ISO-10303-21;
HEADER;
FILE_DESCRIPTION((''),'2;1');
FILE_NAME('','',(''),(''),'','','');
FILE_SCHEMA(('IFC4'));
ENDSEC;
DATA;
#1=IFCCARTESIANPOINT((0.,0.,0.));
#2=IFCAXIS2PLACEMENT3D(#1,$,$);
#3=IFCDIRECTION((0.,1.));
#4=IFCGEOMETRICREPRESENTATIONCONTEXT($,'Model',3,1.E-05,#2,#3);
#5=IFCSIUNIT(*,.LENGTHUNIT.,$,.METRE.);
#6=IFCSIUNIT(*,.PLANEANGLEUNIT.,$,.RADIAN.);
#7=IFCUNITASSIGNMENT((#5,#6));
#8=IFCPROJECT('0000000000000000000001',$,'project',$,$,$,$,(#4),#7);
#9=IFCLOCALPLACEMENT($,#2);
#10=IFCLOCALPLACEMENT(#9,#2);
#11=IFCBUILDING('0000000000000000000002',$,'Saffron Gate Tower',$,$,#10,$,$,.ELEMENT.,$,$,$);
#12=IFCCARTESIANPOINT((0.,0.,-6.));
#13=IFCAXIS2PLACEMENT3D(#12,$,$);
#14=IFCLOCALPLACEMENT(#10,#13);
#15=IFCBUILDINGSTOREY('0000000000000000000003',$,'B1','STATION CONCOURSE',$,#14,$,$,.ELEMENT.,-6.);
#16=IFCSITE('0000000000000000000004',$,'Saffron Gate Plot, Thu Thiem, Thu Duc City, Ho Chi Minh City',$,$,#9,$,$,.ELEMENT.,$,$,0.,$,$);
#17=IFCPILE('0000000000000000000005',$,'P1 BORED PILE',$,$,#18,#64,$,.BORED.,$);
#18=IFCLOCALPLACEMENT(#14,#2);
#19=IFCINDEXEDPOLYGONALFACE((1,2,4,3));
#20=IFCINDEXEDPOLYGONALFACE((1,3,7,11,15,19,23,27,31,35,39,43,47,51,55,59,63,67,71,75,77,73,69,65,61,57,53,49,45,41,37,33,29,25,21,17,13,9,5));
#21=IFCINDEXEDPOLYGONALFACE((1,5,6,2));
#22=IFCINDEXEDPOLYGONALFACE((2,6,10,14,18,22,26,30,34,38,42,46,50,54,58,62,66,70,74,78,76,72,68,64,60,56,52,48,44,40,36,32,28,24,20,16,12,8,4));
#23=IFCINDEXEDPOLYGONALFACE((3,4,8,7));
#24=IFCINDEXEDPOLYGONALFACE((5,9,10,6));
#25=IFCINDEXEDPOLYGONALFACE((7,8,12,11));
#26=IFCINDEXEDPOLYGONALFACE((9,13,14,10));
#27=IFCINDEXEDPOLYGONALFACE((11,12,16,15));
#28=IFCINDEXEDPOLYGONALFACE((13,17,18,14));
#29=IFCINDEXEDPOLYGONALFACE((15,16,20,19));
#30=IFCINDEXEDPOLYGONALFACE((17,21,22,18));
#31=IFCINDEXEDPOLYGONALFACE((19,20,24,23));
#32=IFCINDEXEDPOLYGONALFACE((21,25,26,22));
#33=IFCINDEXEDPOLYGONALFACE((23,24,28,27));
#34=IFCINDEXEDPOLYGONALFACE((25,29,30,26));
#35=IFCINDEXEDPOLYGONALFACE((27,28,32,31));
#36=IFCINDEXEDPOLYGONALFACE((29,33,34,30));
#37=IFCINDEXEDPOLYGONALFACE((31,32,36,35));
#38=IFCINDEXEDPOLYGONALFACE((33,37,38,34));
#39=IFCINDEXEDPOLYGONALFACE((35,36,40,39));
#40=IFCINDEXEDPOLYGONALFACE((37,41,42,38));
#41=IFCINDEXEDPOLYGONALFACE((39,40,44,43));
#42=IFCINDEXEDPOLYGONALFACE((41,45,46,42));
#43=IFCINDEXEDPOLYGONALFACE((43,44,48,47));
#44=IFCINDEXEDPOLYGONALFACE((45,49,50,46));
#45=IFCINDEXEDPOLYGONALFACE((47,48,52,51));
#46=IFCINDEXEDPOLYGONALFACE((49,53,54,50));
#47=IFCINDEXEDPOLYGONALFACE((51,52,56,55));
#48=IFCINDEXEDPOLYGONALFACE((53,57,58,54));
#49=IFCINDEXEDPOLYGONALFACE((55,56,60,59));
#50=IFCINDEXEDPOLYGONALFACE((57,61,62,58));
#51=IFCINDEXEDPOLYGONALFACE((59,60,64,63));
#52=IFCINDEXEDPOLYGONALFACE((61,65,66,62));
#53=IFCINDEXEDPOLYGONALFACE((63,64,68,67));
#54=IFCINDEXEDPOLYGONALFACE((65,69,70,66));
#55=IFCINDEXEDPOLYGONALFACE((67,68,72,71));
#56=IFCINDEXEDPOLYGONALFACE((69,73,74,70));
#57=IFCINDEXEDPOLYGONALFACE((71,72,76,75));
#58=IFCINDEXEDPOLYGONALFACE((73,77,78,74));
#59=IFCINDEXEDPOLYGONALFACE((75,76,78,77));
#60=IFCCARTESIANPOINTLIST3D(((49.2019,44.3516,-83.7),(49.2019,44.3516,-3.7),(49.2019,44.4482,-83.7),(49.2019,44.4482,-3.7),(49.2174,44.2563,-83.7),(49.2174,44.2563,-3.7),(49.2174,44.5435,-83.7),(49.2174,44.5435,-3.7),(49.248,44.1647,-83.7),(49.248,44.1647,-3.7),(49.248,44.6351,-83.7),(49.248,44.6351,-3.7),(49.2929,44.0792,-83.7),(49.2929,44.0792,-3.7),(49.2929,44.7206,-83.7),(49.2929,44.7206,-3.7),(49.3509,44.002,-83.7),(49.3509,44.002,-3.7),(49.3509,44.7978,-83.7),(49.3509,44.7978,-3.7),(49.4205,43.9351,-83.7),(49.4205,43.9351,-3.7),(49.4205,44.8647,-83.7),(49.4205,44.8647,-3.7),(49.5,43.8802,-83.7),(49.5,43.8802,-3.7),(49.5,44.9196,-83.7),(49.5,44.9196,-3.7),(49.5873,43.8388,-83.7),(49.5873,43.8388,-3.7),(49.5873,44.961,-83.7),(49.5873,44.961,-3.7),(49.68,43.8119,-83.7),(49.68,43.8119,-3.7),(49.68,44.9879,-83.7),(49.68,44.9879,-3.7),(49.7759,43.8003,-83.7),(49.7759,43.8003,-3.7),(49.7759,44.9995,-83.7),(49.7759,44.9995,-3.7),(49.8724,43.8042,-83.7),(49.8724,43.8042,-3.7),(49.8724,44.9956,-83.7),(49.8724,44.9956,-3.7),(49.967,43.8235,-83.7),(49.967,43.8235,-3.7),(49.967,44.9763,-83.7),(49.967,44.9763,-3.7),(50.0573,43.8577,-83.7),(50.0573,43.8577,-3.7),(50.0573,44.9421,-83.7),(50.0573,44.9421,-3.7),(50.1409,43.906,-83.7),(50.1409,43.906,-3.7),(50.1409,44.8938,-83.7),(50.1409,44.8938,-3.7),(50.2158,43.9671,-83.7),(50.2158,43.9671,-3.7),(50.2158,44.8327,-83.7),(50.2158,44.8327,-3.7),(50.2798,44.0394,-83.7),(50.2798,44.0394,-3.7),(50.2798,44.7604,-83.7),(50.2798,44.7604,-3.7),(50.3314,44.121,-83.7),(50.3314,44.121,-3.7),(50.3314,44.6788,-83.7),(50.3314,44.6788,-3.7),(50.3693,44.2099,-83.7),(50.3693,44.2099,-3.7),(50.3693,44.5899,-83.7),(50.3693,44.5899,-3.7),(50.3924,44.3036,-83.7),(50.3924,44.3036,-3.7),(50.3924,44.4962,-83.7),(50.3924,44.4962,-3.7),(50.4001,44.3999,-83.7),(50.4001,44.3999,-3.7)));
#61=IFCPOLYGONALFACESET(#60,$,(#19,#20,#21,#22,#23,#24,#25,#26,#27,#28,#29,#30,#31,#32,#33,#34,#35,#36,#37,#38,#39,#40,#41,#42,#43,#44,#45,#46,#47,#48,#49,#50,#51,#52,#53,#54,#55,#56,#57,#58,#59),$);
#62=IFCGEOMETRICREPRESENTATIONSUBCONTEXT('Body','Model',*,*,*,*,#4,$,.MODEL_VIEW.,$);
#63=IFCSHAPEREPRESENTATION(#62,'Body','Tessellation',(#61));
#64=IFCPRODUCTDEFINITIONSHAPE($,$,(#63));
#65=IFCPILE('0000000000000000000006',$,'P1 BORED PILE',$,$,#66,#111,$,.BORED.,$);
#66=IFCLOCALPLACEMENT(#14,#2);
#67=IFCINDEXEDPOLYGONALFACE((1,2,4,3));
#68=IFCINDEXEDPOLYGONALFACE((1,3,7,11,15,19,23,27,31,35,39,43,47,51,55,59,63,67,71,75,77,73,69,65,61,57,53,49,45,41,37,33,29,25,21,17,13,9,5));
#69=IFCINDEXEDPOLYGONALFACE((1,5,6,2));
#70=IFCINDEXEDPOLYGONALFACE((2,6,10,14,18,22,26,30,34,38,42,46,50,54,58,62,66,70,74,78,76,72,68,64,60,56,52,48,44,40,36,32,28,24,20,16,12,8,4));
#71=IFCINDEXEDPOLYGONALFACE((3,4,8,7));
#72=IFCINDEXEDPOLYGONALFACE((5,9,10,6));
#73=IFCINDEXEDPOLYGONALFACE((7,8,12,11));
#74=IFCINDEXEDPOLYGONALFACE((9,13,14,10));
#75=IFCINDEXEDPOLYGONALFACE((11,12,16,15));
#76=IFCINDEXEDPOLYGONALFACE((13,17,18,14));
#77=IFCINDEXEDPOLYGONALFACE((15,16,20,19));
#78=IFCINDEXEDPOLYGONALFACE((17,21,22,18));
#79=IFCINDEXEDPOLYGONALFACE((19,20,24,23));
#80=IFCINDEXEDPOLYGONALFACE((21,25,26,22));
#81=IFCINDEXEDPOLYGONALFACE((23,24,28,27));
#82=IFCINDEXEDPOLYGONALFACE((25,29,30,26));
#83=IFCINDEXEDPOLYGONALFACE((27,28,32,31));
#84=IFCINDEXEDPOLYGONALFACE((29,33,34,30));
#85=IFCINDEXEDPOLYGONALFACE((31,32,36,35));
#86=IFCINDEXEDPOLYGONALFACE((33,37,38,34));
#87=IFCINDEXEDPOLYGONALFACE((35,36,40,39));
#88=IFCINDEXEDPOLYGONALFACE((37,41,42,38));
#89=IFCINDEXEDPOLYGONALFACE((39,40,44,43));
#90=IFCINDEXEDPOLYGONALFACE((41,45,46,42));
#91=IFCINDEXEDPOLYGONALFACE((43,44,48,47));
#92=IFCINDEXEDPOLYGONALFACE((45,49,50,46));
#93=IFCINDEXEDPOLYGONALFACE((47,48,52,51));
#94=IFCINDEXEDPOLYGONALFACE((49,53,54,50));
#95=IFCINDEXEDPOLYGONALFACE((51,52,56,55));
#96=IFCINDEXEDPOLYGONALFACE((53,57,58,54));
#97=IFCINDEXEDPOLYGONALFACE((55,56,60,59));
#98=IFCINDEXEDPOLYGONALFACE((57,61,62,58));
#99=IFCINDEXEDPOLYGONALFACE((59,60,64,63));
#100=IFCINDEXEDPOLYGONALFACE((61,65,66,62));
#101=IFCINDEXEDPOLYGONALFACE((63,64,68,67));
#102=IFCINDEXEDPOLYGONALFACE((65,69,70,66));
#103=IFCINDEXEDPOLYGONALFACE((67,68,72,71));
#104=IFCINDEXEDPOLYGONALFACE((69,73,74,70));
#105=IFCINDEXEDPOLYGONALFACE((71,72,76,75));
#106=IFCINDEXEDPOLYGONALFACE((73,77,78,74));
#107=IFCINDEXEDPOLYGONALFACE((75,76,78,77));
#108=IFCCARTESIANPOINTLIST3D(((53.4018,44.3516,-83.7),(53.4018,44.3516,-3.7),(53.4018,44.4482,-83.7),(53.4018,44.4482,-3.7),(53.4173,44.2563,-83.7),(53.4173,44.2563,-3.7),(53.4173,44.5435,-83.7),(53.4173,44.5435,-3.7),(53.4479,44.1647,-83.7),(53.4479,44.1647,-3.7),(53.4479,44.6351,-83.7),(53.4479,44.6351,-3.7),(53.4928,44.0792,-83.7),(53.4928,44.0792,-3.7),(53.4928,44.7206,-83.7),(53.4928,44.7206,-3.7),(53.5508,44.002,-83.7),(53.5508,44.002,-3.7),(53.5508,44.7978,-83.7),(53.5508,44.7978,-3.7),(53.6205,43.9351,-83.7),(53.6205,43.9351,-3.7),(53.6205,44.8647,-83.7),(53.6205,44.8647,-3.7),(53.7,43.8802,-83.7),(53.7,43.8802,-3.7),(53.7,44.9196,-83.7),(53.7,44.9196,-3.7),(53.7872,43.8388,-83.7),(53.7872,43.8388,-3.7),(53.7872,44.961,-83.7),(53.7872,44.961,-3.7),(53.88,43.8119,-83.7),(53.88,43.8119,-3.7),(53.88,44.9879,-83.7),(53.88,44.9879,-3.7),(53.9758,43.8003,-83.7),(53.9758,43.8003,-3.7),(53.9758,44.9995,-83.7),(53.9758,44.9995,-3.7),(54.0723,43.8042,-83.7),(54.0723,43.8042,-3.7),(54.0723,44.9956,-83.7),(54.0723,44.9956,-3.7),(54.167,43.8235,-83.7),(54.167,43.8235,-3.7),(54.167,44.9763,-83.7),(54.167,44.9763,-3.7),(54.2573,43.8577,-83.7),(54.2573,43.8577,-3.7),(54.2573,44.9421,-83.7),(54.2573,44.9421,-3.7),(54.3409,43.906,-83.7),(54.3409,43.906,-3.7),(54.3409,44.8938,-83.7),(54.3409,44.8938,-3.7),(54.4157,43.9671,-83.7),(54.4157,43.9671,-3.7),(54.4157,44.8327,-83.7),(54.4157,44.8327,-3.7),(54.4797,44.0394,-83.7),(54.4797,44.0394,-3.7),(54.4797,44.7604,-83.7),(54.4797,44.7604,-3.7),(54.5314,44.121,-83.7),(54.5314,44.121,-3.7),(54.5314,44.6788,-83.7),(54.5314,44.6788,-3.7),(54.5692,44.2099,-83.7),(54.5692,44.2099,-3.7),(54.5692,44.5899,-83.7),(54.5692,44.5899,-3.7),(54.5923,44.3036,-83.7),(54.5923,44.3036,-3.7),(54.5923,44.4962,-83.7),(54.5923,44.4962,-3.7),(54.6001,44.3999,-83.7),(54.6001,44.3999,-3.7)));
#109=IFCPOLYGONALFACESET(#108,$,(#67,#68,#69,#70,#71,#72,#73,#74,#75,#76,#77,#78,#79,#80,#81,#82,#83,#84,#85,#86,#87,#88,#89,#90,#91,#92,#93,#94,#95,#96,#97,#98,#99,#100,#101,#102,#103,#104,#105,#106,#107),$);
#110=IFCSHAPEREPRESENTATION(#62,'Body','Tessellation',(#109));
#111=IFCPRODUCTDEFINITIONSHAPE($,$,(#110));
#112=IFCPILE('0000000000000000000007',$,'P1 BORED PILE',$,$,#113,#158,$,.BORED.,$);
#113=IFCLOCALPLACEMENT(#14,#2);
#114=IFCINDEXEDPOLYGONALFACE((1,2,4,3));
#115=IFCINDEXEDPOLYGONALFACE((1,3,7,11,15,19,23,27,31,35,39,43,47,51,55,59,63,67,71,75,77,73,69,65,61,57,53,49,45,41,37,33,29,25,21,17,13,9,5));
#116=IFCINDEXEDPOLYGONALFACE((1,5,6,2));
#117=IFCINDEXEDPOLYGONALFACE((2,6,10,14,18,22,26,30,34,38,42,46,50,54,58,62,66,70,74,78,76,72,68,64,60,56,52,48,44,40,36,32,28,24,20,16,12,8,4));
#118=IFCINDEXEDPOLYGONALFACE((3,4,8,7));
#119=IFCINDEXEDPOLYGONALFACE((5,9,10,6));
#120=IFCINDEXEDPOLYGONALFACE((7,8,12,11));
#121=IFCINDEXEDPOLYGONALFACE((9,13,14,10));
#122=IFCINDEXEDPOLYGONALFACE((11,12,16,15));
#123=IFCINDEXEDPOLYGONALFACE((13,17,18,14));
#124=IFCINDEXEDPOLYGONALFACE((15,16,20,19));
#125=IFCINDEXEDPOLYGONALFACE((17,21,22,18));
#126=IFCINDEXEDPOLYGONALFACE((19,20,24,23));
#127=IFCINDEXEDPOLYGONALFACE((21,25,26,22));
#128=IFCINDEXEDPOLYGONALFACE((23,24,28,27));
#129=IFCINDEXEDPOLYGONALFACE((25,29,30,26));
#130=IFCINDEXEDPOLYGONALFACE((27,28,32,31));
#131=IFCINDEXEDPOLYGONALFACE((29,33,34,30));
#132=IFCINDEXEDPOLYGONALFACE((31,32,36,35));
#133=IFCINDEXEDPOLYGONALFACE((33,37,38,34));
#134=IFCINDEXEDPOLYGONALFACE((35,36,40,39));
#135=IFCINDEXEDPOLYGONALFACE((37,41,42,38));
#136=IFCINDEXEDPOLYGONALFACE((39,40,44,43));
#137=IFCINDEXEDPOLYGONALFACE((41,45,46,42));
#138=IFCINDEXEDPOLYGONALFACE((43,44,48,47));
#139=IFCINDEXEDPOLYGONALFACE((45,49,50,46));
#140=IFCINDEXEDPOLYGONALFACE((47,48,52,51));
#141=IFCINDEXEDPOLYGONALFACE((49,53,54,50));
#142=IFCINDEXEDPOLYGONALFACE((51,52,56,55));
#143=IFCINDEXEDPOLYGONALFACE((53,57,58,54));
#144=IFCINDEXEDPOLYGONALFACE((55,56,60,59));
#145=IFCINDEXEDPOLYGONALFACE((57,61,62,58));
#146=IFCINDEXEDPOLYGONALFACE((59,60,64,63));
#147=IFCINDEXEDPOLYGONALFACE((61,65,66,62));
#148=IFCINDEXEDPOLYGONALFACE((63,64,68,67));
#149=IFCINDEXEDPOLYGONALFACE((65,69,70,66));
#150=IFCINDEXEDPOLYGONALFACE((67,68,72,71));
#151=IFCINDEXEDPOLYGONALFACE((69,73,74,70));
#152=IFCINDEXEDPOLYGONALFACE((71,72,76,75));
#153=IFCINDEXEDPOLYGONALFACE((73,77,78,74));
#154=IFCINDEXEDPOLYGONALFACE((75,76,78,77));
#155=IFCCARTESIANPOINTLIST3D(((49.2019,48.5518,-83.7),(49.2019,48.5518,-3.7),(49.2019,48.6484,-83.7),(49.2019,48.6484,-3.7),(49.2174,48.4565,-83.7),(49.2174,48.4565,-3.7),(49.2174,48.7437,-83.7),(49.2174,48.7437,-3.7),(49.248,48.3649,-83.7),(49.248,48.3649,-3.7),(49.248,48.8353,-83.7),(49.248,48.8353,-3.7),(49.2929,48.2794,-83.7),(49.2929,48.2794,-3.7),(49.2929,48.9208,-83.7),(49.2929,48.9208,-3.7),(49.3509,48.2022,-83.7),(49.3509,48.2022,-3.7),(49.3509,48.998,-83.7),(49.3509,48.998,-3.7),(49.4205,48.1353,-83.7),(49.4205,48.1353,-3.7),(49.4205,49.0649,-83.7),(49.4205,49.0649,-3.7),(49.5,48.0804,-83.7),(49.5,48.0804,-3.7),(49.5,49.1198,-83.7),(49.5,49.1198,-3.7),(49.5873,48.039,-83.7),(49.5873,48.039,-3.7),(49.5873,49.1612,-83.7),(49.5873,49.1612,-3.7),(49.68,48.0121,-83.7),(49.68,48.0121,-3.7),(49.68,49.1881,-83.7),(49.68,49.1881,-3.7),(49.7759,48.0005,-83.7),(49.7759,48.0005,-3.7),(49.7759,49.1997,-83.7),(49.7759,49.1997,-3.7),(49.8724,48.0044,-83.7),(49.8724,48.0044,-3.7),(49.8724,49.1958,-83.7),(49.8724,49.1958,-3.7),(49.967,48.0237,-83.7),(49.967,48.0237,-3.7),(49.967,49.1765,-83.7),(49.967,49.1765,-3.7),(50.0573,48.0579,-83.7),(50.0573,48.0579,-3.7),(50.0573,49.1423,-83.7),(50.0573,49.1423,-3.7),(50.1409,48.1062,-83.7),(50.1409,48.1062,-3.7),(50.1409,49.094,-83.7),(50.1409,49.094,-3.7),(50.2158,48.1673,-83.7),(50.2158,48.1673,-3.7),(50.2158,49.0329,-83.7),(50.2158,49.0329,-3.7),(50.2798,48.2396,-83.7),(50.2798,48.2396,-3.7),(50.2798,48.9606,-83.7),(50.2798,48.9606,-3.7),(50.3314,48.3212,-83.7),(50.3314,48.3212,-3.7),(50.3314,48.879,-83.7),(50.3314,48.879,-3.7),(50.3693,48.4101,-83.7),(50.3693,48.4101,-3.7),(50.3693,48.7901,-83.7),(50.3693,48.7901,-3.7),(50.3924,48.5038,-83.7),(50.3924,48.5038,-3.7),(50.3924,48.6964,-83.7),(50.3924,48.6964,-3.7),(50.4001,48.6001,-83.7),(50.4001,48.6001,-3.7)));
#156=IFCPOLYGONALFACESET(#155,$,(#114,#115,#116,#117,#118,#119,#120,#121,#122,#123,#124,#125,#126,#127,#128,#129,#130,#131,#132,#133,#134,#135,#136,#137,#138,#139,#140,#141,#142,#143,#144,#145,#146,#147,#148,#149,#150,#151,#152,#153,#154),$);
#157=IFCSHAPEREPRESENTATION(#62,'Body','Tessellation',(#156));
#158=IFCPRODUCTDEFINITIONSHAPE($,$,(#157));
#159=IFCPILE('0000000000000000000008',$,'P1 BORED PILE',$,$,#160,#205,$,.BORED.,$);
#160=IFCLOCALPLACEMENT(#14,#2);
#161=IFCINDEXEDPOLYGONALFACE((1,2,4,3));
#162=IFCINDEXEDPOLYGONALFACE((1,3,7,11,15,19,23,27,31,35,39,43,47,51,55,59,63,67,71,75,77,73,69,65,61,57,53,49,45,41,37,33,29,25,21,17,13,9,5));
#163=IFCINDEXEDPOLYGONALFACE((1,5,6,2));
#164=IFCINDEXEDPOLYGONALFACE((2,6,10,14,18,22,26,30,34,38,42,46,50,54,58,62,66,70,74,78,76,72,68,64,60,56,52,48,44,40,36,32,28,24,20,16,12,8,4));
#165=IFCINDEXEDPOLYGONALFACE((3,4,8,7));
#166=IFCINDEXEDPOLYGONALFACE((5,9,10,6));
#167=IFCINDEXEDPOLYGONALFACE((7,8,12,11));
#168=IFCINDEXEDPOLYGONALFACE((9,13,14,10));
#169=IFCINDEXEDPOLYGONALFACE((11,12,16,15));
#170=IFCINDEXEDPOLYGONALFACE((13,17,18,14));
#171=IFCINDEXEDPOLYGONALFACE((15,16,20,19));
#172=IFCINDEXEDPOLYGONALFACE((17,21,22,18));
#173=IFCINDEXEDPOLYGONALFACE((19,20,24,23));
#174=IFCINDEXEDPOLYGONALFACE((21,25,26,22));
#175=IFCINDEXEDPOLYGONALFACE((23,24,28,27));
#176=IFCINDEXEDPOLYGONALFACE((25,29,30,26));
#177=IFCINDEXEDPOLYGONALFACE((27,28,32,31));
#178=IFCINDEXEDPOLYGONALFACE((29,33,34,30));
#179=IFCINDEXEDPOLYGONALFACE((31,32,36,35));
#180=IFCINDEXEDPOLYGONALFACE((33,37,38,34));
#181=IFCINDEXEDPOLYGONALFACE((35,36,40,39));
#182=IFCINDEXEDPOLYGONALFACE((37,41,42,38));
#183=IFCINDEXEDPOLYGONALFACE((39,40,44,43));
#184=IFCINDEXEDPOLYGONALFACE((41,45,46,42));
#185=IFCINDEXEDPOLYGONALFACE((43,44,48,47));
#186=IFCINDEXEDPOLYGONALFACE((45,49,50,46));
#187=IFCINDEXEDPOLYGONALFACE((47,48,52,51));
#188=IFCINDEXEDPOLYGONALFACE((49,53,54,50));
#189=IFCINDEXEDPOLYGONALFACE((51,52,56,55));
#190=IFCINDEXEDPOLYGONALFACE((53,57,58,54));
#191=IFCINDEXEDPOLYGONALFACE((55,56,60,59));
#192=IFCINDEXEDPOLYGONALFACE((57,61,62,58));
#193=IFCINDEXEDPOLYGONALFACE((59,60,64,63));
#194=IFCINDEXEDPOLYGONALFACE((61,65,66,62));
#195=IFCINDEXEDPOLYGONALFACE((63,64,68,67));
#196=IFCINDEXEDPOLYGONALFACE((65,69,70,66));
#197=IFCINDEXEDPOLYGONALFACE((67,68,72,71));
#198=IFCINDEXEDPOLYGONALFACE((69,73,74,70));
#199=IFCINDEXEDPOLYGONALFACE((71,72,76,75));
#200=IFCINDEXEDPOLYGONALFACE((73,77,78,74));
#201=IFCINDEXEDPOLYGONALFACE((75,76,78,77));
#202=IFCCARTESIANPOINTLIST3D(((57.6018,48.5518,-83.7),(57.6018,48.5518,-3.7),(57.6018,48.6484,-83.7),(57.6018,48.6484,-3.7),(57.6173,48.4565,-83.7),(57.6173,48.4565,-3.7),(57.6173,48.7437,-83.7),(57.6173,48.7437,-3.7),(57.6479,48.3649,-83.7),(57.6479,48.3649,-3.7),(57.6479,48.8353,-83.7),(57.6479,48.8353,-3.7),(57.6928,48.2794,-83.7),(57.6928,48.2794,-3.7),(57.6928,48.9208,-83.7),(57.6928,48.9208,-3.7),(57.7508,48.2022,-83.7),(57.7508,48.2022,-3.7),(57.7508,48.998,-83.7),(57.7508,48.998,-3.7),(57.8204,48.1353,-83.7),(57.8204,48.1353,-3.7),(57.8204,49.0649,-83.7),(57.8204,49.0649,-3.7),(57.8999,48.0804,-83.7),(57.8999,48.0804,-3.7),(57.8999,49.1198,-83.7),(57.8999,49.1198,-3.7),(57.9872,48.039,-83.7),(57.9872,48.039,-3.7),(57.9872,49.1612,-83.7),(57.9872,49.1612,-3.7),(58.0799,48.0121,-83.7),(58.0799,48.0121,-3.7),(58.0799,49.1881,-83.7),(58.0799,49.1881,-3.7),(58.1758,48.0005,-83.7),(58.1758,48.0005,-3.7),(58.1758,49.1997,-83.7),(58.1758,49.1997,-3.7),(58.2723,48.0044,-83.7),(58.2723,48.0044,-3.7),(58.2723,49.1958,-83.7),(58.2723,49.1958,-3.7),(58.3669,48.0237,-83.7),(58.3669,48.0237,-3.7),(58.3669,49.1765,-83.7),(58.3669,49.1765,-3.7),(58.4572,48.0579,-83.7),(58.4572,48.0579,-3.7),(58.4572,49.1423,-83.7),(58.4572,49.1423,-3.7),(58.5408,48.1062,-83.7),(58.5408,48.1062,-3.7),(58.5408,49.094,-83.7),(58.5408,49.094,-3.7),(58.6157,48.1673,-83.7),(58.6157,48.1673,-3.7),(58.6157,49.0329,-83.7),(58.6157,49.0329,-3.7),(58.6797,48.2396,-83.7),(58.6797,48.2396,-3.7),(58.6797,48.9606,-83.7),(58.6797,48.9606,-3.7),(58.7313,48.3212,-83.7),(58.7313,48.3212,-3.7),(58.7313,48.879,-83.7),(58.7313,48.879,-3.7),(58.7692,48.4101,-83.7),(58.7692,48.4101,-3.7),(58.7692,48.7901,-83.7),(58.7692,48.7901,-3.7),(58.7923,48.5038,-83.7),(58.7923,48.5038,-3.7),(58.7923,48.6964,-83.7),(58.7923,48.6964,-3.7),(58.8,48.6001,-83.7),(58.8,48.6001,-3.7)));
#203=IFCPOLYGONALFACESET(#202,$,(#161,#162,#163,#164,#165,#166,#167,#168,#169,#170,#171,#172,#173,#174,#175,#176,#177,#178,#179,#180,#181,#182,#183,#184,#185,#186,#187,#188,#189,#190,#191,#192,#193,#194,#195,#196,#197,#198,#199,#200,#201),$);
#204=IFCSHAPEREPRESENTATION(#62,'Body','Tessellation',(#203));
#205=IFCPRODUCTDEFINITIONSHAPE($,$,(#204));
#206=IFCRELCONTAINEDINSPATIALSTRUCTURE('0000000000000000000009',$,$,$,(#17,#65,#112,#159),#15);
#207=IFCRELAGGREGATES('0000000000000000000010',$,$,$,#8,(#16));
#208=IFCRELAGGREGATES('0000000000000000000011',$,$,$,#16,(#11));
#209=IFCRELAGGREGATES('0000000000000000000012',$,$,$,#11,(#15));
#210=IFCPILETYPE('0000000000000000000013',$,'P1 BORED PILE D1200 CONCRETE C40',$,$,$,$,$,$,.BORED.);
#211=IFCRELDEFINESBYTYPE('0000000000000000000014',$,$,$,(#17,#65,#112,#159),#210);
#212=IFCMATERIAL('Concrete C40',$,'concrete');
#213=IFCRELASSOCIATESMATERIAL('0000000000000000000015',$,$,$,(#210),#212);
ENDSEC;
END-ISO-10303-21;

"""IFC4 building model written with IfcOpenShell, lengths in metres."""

from ifc_helpers import new_model, si_unit, direction, frame, origin, origin_2d, place, context, subcontext, project, spatial, circle, extrude, material, material_profile, profile_set, type_object, element, save


model = new_model("IFC4")

# Units and contexts
model_context = context("Model", 3, precision=1e-05, world=origin(), true_north=direction((0.0, 1.0)))
body_context = subcontext(model_context, "Body", "Model", "MODEL_VIEW")
ifc_project = project(units=[si_unit("LENGTHUNIT", "METRE"), si_unit("PLANEANGLEUNIT", "RADIAN")], contexts=[model_context])

# Site, building, storey
site_placement = place(None, origin())
site = spatial("IfcSite", under=ifc_project, at=site_placement, Name="Saffron Gate Plot, Thu Thiem, Thu Duc City, Ho Chi Minh City", CompositionType="ELEMENT", RefElevation=0.0)
building_placement = place(site_placement, origin())
building = spatial("IfcBuilding", under=site, at=building_placement, Name="Saffron Gate Tower", CompositionType="ELEMENT")
storey_placement = place(building_placement, frame((0.0, 0.0, -6.0)))
storey = spatial("IfcBuildingStorey", under=building, at=storey_placement, Name="B1", Description="STATION CONCOURSE", CompositionType="ELEMENT", Elevation=-6.0)

# Piles
ifc_material_1 = material(Name="Concrete C40", Category="concrete")
ifc_material_profile_1 = material_profile(ifc_material_1, circle(Radius=0.6001, at=origin_2d()))
ifc_profile_set_1 = profile_set([ifc_material_profile_1], Name="Concrete C40")
pile_type_1 = type_object("IfcPileType", Name="P1 BORED PILE D1200 CONCRETE C40", PredefinedType="BORED", material=ifc_profile_set_1)
for number, where, z_axis, x_axis, name in (
    (1, (49.8, 44.3999, -3.7), (0.0, 0.0, -1.0), (1.0, 0.0, 0.0), "P1 BORED PILE"),
    (2, (54.0, 44.3999, -3.7), (0.0, 0.0, -1.0), (1.0, 0.0, 0.0), "P1 BORED PILE"),
    (3, (49.8, 48.6001, -3.7), (0.0, 0.0, -1.0), (1.0, 0.0, 0.0), "P1 BORED PILE"),
    (4, (58.2, 48.6001, -3.7), (0.0, 0.0, -1.0), (1.0, 0.0, 0.0), "P1 BORED PILE"),
):
    element("IfcPile", number, at=place(storey_placement, frame(where, z_axis=z_axis, x_axis=x_axis)), inside=storey, type_object=pile_type_1, Name=name, PredefinedType="BORED", context=body_context, shape_type="SweptSolid", body=[
        extrude(circle(Radius=0.6001, at=origin_2d()), origin(), (0.0, 0.0, 1.0), 80.0),
    ])

save(model, "model.ifc")
